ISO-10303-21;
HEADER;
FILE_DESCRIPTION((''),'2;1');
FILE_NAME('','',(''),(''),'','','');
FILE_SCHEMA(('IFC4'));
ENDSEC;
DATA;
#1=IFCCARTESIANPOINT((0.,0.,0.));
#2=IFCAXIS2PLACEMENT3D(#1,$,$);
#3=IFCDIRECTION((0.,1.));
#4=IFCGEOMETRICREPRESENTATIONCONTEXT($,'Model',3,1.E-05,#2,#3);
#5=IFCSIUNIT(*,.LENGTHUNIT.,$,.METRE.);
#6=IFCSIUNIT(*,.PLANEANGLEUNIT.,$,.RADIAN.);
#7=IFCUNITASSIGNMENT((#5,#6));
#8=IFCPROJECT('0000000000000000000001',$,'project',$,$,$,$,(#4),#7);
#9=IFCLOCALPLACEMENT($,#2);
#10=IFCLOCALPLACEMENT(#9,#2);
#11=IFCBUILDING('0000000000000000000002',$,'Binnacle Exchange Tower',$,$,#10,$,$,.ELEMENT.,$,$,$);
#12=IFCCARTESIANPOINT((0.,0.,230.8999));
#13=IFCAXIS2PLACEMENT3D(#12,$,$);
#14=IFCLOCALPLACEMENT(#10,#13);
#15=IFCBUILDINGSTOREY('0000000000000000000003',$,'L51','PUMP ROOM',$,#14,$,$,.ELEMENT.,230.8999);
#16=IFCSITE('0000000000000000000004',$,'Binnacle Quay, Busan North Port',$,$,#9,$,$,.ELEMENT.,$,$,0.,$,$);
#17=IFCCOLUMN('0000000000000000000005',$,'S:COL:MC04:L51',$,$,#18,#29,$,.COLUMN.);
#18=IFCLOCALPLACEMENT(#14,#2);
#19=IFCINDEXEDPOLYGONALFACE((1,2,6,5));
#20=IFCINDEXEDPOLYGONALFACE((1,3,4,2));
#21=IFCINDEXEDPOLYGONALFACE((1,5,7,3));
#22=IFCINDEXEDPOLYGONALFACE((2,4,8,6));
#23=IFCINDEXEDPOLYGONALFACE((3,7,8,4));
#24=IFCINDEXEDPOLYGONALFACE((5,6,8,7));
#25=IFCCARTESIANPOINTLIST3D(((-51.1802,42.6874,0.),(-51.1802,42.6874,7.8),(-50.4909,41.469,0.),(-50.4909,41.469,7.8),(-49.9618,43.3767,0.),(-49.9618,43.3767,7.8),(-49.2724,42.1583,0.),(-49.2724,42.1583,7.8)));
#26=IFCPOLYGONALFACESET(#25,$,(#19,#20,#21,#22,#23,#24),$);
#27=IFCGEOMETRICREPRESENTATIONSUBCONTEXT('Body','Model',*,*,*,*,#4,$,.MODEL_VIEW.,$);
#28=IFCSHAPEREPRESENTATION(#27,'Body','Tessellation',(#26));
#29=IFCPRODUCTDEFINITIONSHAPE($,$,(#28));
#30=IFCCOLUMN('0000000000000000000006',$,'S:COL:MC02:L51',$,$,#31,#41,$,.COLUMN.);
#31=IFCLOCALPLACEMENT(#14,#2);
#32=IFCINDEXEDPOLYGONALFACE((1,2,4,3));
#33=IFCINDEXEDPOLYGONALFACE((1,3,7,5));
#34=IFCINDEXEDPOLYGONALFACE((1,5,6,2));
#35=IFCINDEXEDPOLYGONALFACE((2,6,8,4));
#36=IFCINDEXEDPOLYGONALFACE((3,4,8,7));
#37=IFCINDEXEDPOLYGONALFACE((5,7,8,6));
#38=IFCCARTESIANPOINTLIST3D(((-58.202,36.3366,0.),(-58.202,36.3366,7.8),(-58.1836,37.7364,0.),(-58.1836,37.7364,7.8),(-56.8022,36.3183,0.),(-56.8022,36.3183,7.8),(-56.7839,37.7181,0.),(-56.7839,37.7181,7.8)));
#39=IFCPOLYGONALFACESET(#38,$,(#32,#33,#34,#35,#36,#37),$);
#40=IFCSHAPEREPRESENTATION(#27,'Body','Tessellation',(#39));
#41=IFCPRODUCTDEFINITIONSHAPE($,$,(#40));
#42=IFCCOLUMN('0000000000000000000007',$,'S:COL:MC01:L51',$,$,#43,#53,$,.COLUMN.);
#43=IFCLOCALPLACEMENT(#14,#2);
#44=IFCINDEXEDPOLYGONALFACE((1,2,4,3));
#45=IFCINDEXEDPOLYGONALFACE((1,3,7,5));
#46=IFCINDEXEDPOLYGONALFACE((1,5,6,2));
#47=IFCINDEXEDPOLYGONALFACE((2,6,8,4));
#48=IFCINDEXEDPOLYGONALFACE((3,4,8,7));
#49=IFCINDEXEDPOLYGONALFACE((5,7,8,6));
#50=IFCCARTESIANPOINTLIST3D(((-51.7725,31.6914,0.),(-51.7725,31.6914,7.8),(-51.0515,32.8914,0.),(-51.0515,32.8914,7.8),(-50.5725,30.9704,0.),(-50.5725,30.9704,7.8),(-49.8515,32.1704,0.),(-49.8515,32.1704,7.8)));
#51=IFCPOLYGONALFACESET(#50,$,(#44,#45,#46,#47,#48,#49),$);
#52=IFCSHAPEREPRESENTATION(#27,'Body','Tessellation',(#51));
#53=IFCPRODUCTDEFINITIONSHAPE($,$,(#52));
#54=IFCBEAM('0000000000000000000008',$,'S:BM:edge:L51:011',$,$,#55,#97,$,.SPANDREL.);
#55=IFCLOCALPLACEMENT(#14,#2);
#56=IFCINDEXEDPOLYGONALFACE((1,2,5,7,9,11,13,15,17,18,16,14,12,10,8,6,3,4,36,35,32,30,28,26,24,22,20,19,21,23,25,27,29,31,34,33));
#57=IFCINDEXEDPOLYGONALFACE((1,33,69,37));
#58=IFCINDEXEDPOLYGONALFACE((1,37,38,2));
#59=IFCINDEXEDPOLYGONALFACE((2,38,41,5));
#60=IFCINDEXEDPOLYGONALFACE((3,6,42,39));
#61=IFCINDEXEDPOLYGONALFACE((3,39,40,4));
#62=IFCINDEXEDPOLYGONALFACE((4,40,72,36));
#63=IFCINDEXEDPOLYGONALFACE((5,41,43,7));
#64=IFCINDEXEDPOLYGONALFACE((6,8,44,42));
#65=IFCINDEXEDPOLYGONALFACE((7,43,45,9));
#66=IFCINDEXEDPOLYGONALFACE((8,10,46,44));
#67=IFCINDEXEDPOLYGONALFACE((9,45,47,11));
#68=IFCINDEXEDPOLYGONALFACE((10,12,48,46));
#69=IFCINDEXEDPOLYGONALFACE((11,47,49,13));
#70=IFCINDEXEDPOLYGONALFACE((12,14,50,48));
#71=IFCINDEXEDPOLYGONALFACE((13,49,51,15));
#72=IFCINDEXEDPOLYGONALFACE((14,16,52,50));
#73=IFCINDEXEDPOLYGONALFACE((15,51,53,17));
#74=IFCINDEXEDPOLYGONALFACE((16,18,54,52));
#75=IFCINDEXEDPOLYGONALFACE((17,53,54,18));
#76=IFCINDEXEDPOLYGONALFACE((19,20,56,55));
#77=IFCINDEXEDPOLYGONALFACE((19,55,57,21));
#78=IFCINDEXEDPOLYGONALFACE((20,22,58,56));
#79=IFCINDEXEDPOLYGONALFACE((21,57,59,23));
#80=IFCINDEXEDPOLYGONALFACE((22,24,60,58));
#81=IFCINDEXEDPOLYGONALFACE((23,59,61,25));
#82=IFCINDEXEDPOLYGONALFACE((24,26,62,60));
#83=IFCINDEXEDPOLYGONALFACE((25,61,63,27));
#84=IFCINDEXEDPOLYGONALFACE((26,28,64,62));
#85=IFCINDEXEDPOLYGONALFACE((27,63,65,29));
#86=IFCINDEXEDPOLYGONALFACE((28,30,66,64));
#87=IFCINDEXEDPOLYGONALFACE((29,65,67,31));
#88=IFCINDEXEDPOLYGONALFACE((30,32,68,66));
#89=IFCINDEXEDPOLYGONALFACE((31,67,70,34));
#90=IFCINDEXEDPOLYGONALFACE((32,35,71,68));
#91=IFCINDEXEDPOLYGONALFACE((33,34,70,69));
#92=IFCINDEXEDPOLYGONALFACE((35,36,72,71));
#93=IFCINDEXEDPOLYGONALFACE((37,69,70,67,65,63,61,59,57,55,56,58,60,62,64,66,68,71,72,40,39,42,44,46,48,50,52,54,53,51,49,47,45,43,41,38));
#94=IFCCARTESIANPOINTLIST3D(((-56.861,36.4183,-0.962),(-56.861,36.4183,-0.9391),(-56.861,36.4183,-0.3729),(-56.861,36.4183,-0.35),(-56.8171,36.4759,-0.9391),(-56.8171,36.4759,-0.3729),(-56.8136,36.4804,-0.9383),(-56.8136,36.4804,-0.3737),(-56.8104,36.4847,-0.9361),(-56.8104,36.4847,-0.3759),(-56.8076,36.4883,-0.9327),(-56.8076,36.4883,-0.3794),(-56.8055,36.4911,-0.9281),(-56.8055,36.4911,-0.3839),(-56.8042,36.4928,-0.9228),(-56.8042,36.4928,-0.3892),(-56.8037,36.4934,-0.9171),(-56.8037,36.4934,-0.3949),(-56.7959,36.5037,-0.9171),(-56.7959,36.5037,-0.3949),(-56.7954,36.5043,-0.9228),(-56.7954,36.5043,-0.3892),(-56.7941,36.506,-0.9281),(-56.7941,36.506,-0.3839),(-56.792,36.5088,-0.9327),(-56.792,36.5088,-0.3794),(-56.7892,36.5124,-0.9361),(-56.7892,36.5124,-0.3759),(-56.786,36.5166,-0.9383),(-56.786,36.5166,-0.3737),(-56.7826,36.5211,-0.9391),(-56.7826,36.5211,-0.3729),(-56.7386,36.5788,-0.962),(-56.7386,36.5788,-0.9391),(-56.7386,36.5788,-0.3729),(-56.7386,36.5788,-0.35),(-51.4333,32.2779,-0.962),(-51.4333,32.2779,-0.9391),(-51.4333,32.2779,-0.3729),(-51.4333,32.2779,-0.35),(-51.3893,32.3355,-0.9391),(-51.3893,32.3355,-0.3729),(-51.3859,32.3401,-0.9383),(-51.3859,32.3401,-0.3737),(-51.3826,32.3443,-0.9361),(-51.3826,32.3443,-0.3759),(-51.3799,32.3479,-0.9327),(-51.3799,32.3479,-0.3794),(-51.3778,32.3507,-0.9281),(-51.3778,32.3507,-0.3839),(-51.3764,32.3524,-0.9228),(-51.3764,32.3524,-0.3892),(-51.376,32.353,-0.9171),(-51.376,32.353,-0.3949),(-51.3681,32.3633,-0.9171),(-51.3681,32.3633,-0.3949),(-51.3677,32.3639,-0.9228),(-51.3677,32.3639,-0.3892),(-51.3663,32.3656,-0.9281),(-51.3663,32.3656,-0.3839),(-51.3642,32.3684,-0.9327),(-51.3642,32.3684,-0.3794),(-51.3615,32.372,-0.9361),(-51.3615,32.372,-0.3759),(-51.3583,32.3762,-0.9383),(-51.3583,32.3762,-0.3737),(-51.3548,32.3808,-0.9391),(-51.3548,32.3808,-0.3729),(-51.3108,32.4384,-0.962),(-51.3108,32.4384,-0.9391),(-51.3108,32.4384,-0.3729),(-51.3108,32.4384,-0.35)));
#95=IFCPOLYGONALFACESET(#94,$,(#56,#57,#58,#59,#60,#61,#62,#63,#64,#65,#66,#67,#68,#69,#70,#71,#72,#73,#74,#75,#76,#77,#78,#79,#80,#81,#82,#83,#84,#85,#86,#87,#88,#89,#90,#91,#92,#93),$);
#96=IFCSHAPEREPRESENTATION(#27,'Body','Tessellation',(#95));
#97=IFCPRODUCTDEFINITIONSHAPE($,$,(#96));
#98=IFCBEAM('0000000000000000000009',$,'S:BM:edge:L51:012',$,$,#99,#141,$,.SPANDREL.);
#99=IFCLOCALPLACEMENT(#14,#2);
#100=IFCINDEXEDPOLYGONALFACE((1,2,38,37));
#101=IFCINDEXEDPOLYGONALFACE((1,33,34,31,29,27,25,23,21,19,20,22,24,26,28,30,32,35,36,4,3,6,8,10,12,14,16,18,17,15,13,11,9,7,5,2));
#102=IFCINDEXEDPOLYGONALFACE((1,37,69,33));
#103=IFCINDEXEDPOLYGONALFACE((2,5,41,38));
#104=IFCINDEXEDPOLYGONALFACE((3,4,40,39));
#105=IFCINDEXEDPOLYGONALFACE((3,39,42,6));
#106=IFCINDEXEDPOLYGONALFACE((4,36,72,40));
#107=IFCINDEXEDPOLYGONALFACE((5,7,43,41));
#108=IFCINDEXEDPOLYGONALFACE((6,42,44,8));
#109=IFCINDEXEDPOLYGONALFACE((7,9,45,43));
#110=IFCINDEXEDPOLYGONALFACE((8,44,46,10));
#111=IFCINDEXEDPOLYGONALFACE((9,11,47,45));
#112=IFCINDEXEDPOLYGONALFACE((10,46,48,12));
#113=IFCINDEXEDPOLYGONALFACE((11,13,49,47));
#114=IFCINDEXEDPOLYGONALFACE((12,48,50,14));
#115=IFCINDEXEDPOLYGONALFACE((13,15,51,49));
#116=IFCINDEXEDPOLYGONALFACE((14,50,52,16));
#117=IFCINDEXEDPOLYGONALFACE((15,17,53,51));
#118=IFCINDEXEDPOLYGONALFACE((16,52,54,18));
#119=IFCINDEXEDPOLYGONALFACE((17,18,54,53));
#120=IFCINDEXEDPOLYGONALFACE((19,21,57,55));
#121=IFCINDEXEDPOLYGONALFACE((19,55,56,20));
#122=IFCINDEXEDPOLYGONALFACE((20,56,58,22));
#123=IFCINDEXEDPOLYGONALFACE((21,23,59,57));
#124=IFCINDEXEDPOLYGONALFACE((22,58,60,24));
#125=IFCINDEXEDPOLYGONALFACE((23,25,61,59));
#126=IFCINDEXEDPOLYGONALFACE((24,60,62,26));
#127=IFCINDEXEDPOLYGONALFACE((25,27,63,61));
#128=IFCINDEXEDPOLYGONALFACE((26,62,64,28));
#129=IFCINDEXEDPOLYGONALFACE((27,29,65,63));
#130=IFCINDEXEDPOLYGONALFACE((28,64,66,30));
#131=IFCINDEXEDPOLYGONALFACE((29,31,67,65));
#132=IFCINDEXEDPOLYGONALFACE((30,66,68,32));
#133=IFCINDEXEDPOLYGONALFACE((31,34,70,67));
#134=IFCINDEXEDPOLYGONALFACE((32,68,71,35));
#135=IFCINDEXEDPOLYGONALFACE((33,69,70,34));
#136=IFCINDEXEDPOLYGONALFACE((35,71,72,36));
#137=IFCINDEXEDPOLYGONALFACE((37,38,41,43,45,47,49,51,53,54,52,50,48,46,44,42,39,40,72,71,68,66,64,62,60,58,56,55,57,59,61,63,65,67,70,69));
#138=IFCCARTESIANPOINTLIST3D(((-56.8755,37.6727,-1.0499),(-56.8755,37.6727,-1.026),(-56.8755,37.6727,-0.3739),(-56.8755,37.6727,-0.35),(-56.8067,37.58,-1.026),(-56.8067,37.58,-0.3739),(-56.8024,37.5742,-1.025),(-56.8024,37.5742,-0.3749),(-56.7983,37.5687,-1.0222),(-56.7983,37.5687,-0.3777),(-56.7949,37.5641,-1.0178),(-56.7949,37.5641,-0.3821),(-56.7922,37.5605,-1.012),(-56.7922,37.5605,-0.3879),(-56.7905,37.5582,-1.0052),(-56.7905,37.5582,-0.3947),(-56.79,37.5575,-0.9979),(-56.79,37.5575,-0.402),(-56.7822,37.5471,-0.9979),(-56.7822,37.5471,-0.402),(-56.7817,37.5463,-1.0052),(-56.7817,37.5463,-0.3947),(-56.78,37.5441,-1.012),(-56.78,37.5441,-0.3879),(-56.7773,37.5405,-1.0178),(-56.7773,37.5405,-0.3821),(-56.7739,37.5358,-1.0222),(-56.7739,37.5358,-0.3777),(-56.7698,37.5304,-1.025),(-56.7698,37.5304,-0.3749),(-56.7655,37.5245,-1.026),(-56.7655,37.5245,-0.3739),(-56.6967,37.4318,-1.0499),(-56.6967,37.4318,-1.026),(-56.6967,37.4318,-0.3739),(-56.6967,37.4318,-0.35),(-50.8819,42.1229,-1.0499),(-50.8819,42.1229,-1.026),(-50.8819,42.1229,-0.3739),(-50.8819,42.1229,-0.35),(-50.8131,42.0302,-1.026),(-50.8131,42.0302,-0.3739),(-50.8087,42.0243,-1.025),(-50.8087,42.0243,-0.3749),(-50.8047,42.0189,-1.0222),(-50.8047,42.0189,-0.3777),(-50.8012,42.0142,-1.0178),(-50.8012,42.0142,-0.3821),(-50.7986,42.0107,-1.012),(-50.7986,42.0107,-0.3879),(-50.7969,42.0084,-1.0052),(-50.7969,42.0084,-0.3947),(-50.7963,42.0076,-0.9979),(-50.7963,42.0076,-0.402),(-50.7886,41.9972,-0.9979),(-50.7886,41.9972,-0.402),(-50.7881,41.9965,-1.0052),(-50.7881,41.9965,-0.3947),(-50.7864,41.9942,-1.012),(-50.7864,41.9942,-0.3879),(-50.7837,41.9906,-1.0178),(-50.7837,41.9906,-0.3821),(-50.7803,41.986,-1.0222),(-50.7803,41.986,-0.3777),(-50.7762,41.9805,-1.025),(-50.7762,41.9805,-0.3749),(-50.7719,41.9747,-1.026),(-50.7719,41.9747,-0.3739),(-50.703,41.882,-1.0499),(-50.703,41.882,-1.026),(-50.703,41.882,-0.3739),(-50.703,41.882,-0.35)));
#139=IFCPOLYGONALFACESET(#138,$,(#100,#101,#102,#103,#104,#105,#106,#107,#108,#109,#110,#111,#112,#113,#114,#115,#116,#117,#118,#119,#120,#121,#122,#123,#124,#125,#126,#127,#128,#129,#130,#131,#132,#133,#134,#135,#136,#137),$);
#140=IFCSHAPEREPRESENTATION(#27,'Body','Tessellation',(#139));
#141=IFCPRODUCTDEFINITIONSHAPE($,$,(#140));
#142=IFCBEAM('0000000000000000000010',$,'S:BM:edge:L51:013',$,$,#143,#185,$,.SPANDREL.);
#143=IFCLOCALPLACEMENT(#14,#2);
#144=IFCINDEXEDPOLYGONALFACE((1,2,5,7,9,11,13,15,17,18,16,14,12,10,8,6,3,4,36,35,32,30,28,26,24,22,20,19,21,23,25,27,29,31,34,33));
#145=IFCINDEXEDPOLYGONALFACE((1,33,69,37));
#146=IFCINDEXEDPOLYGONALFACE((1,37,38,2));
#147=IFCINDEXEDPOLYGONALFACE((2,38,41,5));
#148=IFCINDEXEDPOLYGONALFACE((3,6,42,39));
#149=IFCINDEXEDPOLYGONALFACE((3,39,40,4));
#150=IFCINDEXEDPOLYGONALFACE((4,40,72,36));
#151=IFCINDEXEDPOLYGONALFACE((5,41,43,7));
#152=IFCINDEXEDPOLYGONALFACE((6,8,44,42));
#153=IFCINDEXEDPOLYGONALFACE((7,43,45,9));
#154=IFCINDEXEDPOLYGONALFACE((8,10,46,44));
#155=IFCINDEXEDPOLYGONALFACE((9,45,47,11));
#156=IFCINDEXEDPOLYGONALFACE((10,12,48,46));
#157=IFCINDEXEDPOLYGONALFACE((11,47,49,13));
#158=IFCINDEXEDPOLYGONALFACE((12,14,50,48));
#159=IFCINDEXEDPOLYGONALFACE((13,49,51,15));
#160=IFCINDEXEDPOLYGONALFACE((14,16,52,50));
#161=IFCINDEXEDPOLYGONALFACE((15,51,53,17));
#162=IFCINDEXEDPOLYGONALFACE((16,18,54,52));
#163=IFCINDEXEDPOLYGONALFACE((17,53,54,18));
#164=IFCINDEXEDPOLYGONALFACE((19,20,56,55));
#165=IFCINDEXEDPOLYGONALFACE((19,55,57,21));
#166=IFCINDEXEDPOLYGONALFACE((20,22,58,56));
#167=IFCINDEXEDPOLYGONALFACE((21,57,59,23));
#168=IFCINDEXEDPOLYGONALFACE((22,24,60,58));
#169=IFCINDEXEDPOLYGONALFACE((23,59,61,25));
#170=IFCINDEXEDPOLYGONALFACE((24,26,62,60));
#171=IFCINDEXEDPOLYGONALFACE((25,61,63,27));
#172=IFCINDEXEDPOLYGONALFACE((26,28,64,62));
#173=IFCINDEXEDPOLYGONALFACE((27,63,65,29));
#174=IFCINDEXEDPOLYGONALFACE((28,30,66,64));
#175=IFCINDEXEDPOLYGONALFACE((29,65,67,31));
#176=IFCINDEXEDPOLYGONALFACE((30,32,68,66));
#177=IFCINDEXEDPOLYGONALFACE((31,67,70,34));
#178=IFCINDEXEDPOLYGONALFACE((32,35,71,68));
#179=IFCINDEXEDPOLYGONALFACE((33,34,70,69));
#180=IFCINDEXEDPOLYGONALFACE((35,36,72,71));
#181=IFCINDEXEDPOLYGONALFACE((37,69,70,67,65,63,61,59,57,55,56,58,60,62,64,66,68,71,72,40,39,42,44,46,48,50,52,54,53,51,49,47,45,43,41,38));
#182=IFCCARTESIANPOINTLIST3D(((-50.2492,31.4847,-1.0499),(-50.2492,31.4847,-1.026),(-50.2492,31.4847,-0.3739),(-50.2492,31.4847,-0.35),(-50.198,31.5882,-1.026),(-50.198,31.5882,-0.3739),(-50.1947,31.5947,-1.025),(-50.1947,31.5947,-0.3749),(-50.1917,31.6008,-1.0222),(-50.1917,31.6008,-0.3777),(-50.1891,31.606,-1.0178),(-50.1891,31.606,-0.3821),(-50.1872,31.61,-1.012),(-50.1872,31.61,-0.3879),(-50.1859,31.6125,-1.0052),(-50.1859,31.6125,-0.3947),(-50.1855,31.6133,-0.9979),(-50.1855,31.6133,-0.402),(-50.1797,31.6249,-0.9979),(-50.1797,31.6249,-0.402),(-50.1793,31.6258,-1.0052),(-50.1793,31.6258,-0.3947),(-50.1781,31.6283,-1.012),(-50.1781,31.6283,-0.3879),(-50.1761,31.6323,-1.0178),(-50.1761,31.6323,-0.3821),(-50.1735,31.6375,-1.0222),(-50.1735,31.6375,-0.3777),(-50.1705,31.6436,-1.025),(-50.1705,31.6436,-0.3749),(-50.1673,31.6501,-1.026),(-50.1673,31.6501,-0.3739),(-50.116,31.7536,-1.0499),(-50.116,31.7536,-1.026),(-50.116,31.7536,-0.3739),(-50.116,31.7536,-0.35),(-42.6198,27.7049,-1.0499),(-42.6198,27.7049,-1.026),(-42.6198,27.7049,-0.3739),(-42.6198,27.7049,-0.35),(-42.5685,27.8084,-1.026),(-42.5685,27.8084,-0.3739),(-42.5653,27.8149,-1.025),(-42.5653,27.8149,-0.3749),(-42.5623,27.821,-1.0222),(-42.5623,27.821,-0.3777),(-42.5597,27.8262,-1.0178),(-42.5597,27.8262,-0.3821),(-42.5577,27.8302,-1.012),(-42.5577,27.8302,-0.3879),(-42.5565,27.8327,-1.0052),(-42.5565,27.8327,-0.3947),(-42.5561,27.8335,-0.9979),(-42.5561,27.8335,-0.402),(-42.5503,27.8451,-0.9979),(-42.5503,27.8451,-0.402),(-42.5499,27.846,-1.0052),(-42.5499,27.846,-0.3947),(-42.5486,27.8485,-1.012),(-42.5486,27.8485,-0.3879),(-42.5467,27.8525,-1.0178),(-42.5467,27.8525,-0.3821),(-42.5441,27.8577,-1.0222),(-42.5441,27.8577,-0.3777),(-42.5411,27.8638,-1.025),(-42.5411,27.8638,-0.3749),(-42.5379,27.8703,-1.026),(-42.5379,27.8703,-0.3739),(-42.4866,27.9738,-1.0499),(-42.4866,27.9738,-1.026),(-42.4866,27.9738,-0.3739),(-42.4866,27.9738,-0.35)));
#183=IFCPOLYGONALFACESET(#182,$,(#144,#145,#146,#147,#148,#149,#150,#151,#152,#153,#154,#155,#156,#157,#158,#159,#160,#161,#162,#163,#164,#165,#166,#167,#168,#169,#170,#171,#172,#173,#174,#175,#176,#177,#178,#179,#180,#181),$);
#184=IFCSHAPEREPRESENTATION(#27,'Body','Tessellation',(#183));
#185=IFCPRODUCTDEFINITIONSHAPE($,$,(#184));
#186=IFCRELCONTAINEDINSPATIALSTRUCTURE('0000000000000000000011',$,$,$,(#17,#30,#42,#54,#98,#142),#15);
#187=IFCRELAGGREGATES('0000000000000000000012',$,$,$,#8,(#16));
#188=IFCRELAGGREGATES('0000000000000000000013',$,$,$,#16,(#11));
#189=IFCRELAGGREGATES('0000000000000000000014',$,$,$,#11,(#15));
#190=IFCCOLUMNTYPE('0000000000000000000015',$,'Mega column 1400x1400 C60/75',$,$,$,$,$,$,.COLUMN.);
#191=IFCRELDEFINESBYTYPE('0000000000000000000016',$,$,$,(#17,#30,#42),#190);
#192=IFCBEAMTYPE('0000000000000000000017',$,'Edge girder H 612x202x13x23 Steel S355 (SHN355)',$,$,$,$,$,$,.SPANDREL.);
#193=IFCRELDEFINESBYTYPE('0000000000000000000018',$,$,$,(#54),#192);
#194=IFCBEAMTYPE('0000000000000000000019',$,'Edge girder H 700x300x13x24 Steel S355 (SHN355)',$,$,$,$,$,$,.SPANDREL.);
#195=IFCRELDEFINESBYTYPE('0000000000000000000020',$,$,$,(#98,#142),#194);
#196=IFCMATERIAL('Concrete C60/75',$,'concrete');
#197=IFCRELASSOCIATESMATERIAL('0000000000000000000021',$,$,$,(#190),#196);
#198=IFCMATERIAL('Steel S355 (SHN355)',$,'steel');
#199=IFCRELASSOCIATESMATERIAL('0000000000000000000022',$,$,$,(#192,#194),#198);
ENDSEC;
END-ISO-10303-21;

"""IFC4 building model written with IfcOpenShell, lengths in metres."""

from ifc_helpers import new_model, si_unit, direction, frame, origin, origin_2d, place, context, subcontext, project, spatial, rectangle, i_section, extrude, material, material_profile, profile_set, type_object, element, save


model = new_model("IFC4")

# Units and contexts
model_context = context("Model", 3, precision=1e-05, world=origin(), true_north=direction((0.0, 1.0)))
body_context = subcontext(model_context, "Body", "Model", "MODEL_VIEW")
ifc_project = project(units=[si_unit("LENGTHUNIT", "METRE"), si_unit("PLANEANGLEUNIT", "RADIAN")], contexts=[model_context])

# Site, building, storey
site_placement = place(None, origin())
site = spatial("IfcSite", under=ifc_project, at=site_placement, Name="Binnacle Quay, Busan North Port", CompositionType="ELEMENT", RefElevation=0.0)
building_placement = place(site_placement, origin())
building = spatial("IfcBuilding", under=site, at=building_placement, Name="Binnacle Exchange Tower", CompositionType="ELEMENT")
storey_placement = place(building_placement, frame((0.0, 0.0, 230.8999)))
storey = spatial("IfcBuildingStorey", under=building, at=storey_placement, Name="L51", Description="PUMP ROOM", CompositionType="ELEMENT", Elevation=230.8999)

# Columns
ifc_material_1 = material(Name="Concrete C60/75", Category="concrete")
ifc_material_profile_1 = material_profile(ifc_material_1, rectangle(XDim=1.3999, YDim=1.3999, at=origin_2d()), Name="Mega column 1400x1400 C60/75")
ifc_profile_set_1 = profile_set([ifc_material_profile_1], Name="Concrete C60/75")
column_type = type_object("IfcColumnType", Name="Mega column 1400x1400 C60/75", PredefinedType="COLUMN", material=ifc_profile_set_1)
for number, where, z_axis, x_axis, name in (
    (1, (-50.2263, 42.4229, 0.0), (0.0, 0.0, 1.0), (-0.870356, -0.492424, 0.0), "S:COL:MC04:L51"),
    (2, (-57.4929, 37.0273, 0.0), (0.0, 0.0, 1.0), (-0.01309, -0.999914, 0.0), "S:COL:MC02:L51"),
    (3, (-50.812, 31.9309, 0.0), (0.0, 0.0, 1.0), (0.857167, -0.515038, 0.0), "S:COL:MC01:L51"),
):
    element("IfcColumn", number, at=place(storey_placement, frame(where, z_axis=z_axis, x_axis=x_axis)), inside=storey, type_object=column_type, Name=name, PredefinedType="COLUMN", context=body_context, shape_type="SweptSolid", body=[
        extrude(rectangle(XDim=1.3999, YDim=1.3999, at=origin_2d()), origin(), (0.0, 0.0, 1.0), 7.8),
    ])

# Beams
ifc_material_2 = material(Name="Steel S355 (SHN355)", Category="steel")
ifc_material_profile_2 = material_profile(ifc_material_2, i_section(OverallWidth=0.2019, OverallDepth=0.6121, WebThickness=0.0129, FlangeThickness=0.0229, FilletRadius=0.022, at=origin_2d()), Name="H 612x202x13x23")
ifc_profile_set_2 = profile_set([ifc_material_profile_2], Name="Steel S355 (SHN355)")
beam_type_1 = type_object("IfcBeamType", Name="Edge girder H 612x202x13x23 Steel S355 (SHN355)", PredefinedType="SPANDREL", material=ifc_profile_set_2)
beam_1_placement = place(storey_placement, frame((-56.7998, 36.4985, -0.656), z_axis=(0.795081, -0.606503, 0.0), x_axis=(0.606503, 0.795081, 0.0)))
element("IfcBeam", 4, at=beam_1_placement, inside=storey, type_object=beam_type_1, Name="S:BM:edge:L51:011", PredefinedType="SPANDREL", context=body_context, shape_type="SweptSolid", body=[
    extrude(i_section(OverallWidth=0.2019, OverallDepth=0.6121, WebThickness=0.0129, FlangeThickness=0.0229, FilletRadius=0.022, at=origin_2d()), origin(), (0.0, 0.0, 1.0), 6.8267),
])
ifc_material_profile_3 = material_profile(ifc_material_2, i_section(OverallWidth=0.3, OverallDepth=0.7, WebThickness=0.0129, FlangeThickness=0.0239, FilletRadius=0.0281, at=origin_2d()), Name="H 700x300x13x24")
ifc_profile_set_3 = profile_set([ifc_material_profile_3], Name="Steel S355 (SHN355)")
beam_type_2 = type_object("IfcBeamType", Name="Edge girder H 700x300x13x24 Steel S355 (SHN355)", PredefinedType="SPANDREL", material=ifc_profile_set_3)
beam_2_placement = place(storey_placement, frame((-50.7925, 42.0024, -0.7), z_axis=(-0.802887, -0.596131, 0.0), x_axis=(0.596131, -0.802887, 0.0)))
element("IfcBeam", 5, at=beam_2_placement, inside=storey, type_object=beam_type_2, Name="S:BM:edge:L51:012", PredefinedType="SPANDREL", context=body_context, shape_type="SweptSolid", body=[
    extrude(i_section(OverallWidth=0.3, OverallDepth=0.7, WebThickness=0.0129, FlangeThickness=0.0239, FilletRadius=0.0281, at=origin_2d()), origin(), (0.0, 0.0, 1.0), 7.4651),
])
beam_3_placement = place(storey_placement, frame((-50.1826, 31.6191, -0.7), z_axis=(0.896061, -0.44393, 0.0), x_axis=(0.44393, 0.896061, 0.0)))
element("IfcBeam", 6, at=beam_3_placement, inside=storey, type_object=beam_type_2, Name="S:BM:edge:L51:013", PredefinedType="SPANDREL", context=body_context, shape_type="SweptSolid", body=[
    extrude(i_section(OverallWidth=0.3, OverallDepth=0.7, WebThickness=0.0129, FlangeThickness=0.0239, FilletRadius=0.0281, at=origin_2d()), origin(), (0.0, 0.0, 1.0), 8.5144),
])

save(model, "model.ifc")
